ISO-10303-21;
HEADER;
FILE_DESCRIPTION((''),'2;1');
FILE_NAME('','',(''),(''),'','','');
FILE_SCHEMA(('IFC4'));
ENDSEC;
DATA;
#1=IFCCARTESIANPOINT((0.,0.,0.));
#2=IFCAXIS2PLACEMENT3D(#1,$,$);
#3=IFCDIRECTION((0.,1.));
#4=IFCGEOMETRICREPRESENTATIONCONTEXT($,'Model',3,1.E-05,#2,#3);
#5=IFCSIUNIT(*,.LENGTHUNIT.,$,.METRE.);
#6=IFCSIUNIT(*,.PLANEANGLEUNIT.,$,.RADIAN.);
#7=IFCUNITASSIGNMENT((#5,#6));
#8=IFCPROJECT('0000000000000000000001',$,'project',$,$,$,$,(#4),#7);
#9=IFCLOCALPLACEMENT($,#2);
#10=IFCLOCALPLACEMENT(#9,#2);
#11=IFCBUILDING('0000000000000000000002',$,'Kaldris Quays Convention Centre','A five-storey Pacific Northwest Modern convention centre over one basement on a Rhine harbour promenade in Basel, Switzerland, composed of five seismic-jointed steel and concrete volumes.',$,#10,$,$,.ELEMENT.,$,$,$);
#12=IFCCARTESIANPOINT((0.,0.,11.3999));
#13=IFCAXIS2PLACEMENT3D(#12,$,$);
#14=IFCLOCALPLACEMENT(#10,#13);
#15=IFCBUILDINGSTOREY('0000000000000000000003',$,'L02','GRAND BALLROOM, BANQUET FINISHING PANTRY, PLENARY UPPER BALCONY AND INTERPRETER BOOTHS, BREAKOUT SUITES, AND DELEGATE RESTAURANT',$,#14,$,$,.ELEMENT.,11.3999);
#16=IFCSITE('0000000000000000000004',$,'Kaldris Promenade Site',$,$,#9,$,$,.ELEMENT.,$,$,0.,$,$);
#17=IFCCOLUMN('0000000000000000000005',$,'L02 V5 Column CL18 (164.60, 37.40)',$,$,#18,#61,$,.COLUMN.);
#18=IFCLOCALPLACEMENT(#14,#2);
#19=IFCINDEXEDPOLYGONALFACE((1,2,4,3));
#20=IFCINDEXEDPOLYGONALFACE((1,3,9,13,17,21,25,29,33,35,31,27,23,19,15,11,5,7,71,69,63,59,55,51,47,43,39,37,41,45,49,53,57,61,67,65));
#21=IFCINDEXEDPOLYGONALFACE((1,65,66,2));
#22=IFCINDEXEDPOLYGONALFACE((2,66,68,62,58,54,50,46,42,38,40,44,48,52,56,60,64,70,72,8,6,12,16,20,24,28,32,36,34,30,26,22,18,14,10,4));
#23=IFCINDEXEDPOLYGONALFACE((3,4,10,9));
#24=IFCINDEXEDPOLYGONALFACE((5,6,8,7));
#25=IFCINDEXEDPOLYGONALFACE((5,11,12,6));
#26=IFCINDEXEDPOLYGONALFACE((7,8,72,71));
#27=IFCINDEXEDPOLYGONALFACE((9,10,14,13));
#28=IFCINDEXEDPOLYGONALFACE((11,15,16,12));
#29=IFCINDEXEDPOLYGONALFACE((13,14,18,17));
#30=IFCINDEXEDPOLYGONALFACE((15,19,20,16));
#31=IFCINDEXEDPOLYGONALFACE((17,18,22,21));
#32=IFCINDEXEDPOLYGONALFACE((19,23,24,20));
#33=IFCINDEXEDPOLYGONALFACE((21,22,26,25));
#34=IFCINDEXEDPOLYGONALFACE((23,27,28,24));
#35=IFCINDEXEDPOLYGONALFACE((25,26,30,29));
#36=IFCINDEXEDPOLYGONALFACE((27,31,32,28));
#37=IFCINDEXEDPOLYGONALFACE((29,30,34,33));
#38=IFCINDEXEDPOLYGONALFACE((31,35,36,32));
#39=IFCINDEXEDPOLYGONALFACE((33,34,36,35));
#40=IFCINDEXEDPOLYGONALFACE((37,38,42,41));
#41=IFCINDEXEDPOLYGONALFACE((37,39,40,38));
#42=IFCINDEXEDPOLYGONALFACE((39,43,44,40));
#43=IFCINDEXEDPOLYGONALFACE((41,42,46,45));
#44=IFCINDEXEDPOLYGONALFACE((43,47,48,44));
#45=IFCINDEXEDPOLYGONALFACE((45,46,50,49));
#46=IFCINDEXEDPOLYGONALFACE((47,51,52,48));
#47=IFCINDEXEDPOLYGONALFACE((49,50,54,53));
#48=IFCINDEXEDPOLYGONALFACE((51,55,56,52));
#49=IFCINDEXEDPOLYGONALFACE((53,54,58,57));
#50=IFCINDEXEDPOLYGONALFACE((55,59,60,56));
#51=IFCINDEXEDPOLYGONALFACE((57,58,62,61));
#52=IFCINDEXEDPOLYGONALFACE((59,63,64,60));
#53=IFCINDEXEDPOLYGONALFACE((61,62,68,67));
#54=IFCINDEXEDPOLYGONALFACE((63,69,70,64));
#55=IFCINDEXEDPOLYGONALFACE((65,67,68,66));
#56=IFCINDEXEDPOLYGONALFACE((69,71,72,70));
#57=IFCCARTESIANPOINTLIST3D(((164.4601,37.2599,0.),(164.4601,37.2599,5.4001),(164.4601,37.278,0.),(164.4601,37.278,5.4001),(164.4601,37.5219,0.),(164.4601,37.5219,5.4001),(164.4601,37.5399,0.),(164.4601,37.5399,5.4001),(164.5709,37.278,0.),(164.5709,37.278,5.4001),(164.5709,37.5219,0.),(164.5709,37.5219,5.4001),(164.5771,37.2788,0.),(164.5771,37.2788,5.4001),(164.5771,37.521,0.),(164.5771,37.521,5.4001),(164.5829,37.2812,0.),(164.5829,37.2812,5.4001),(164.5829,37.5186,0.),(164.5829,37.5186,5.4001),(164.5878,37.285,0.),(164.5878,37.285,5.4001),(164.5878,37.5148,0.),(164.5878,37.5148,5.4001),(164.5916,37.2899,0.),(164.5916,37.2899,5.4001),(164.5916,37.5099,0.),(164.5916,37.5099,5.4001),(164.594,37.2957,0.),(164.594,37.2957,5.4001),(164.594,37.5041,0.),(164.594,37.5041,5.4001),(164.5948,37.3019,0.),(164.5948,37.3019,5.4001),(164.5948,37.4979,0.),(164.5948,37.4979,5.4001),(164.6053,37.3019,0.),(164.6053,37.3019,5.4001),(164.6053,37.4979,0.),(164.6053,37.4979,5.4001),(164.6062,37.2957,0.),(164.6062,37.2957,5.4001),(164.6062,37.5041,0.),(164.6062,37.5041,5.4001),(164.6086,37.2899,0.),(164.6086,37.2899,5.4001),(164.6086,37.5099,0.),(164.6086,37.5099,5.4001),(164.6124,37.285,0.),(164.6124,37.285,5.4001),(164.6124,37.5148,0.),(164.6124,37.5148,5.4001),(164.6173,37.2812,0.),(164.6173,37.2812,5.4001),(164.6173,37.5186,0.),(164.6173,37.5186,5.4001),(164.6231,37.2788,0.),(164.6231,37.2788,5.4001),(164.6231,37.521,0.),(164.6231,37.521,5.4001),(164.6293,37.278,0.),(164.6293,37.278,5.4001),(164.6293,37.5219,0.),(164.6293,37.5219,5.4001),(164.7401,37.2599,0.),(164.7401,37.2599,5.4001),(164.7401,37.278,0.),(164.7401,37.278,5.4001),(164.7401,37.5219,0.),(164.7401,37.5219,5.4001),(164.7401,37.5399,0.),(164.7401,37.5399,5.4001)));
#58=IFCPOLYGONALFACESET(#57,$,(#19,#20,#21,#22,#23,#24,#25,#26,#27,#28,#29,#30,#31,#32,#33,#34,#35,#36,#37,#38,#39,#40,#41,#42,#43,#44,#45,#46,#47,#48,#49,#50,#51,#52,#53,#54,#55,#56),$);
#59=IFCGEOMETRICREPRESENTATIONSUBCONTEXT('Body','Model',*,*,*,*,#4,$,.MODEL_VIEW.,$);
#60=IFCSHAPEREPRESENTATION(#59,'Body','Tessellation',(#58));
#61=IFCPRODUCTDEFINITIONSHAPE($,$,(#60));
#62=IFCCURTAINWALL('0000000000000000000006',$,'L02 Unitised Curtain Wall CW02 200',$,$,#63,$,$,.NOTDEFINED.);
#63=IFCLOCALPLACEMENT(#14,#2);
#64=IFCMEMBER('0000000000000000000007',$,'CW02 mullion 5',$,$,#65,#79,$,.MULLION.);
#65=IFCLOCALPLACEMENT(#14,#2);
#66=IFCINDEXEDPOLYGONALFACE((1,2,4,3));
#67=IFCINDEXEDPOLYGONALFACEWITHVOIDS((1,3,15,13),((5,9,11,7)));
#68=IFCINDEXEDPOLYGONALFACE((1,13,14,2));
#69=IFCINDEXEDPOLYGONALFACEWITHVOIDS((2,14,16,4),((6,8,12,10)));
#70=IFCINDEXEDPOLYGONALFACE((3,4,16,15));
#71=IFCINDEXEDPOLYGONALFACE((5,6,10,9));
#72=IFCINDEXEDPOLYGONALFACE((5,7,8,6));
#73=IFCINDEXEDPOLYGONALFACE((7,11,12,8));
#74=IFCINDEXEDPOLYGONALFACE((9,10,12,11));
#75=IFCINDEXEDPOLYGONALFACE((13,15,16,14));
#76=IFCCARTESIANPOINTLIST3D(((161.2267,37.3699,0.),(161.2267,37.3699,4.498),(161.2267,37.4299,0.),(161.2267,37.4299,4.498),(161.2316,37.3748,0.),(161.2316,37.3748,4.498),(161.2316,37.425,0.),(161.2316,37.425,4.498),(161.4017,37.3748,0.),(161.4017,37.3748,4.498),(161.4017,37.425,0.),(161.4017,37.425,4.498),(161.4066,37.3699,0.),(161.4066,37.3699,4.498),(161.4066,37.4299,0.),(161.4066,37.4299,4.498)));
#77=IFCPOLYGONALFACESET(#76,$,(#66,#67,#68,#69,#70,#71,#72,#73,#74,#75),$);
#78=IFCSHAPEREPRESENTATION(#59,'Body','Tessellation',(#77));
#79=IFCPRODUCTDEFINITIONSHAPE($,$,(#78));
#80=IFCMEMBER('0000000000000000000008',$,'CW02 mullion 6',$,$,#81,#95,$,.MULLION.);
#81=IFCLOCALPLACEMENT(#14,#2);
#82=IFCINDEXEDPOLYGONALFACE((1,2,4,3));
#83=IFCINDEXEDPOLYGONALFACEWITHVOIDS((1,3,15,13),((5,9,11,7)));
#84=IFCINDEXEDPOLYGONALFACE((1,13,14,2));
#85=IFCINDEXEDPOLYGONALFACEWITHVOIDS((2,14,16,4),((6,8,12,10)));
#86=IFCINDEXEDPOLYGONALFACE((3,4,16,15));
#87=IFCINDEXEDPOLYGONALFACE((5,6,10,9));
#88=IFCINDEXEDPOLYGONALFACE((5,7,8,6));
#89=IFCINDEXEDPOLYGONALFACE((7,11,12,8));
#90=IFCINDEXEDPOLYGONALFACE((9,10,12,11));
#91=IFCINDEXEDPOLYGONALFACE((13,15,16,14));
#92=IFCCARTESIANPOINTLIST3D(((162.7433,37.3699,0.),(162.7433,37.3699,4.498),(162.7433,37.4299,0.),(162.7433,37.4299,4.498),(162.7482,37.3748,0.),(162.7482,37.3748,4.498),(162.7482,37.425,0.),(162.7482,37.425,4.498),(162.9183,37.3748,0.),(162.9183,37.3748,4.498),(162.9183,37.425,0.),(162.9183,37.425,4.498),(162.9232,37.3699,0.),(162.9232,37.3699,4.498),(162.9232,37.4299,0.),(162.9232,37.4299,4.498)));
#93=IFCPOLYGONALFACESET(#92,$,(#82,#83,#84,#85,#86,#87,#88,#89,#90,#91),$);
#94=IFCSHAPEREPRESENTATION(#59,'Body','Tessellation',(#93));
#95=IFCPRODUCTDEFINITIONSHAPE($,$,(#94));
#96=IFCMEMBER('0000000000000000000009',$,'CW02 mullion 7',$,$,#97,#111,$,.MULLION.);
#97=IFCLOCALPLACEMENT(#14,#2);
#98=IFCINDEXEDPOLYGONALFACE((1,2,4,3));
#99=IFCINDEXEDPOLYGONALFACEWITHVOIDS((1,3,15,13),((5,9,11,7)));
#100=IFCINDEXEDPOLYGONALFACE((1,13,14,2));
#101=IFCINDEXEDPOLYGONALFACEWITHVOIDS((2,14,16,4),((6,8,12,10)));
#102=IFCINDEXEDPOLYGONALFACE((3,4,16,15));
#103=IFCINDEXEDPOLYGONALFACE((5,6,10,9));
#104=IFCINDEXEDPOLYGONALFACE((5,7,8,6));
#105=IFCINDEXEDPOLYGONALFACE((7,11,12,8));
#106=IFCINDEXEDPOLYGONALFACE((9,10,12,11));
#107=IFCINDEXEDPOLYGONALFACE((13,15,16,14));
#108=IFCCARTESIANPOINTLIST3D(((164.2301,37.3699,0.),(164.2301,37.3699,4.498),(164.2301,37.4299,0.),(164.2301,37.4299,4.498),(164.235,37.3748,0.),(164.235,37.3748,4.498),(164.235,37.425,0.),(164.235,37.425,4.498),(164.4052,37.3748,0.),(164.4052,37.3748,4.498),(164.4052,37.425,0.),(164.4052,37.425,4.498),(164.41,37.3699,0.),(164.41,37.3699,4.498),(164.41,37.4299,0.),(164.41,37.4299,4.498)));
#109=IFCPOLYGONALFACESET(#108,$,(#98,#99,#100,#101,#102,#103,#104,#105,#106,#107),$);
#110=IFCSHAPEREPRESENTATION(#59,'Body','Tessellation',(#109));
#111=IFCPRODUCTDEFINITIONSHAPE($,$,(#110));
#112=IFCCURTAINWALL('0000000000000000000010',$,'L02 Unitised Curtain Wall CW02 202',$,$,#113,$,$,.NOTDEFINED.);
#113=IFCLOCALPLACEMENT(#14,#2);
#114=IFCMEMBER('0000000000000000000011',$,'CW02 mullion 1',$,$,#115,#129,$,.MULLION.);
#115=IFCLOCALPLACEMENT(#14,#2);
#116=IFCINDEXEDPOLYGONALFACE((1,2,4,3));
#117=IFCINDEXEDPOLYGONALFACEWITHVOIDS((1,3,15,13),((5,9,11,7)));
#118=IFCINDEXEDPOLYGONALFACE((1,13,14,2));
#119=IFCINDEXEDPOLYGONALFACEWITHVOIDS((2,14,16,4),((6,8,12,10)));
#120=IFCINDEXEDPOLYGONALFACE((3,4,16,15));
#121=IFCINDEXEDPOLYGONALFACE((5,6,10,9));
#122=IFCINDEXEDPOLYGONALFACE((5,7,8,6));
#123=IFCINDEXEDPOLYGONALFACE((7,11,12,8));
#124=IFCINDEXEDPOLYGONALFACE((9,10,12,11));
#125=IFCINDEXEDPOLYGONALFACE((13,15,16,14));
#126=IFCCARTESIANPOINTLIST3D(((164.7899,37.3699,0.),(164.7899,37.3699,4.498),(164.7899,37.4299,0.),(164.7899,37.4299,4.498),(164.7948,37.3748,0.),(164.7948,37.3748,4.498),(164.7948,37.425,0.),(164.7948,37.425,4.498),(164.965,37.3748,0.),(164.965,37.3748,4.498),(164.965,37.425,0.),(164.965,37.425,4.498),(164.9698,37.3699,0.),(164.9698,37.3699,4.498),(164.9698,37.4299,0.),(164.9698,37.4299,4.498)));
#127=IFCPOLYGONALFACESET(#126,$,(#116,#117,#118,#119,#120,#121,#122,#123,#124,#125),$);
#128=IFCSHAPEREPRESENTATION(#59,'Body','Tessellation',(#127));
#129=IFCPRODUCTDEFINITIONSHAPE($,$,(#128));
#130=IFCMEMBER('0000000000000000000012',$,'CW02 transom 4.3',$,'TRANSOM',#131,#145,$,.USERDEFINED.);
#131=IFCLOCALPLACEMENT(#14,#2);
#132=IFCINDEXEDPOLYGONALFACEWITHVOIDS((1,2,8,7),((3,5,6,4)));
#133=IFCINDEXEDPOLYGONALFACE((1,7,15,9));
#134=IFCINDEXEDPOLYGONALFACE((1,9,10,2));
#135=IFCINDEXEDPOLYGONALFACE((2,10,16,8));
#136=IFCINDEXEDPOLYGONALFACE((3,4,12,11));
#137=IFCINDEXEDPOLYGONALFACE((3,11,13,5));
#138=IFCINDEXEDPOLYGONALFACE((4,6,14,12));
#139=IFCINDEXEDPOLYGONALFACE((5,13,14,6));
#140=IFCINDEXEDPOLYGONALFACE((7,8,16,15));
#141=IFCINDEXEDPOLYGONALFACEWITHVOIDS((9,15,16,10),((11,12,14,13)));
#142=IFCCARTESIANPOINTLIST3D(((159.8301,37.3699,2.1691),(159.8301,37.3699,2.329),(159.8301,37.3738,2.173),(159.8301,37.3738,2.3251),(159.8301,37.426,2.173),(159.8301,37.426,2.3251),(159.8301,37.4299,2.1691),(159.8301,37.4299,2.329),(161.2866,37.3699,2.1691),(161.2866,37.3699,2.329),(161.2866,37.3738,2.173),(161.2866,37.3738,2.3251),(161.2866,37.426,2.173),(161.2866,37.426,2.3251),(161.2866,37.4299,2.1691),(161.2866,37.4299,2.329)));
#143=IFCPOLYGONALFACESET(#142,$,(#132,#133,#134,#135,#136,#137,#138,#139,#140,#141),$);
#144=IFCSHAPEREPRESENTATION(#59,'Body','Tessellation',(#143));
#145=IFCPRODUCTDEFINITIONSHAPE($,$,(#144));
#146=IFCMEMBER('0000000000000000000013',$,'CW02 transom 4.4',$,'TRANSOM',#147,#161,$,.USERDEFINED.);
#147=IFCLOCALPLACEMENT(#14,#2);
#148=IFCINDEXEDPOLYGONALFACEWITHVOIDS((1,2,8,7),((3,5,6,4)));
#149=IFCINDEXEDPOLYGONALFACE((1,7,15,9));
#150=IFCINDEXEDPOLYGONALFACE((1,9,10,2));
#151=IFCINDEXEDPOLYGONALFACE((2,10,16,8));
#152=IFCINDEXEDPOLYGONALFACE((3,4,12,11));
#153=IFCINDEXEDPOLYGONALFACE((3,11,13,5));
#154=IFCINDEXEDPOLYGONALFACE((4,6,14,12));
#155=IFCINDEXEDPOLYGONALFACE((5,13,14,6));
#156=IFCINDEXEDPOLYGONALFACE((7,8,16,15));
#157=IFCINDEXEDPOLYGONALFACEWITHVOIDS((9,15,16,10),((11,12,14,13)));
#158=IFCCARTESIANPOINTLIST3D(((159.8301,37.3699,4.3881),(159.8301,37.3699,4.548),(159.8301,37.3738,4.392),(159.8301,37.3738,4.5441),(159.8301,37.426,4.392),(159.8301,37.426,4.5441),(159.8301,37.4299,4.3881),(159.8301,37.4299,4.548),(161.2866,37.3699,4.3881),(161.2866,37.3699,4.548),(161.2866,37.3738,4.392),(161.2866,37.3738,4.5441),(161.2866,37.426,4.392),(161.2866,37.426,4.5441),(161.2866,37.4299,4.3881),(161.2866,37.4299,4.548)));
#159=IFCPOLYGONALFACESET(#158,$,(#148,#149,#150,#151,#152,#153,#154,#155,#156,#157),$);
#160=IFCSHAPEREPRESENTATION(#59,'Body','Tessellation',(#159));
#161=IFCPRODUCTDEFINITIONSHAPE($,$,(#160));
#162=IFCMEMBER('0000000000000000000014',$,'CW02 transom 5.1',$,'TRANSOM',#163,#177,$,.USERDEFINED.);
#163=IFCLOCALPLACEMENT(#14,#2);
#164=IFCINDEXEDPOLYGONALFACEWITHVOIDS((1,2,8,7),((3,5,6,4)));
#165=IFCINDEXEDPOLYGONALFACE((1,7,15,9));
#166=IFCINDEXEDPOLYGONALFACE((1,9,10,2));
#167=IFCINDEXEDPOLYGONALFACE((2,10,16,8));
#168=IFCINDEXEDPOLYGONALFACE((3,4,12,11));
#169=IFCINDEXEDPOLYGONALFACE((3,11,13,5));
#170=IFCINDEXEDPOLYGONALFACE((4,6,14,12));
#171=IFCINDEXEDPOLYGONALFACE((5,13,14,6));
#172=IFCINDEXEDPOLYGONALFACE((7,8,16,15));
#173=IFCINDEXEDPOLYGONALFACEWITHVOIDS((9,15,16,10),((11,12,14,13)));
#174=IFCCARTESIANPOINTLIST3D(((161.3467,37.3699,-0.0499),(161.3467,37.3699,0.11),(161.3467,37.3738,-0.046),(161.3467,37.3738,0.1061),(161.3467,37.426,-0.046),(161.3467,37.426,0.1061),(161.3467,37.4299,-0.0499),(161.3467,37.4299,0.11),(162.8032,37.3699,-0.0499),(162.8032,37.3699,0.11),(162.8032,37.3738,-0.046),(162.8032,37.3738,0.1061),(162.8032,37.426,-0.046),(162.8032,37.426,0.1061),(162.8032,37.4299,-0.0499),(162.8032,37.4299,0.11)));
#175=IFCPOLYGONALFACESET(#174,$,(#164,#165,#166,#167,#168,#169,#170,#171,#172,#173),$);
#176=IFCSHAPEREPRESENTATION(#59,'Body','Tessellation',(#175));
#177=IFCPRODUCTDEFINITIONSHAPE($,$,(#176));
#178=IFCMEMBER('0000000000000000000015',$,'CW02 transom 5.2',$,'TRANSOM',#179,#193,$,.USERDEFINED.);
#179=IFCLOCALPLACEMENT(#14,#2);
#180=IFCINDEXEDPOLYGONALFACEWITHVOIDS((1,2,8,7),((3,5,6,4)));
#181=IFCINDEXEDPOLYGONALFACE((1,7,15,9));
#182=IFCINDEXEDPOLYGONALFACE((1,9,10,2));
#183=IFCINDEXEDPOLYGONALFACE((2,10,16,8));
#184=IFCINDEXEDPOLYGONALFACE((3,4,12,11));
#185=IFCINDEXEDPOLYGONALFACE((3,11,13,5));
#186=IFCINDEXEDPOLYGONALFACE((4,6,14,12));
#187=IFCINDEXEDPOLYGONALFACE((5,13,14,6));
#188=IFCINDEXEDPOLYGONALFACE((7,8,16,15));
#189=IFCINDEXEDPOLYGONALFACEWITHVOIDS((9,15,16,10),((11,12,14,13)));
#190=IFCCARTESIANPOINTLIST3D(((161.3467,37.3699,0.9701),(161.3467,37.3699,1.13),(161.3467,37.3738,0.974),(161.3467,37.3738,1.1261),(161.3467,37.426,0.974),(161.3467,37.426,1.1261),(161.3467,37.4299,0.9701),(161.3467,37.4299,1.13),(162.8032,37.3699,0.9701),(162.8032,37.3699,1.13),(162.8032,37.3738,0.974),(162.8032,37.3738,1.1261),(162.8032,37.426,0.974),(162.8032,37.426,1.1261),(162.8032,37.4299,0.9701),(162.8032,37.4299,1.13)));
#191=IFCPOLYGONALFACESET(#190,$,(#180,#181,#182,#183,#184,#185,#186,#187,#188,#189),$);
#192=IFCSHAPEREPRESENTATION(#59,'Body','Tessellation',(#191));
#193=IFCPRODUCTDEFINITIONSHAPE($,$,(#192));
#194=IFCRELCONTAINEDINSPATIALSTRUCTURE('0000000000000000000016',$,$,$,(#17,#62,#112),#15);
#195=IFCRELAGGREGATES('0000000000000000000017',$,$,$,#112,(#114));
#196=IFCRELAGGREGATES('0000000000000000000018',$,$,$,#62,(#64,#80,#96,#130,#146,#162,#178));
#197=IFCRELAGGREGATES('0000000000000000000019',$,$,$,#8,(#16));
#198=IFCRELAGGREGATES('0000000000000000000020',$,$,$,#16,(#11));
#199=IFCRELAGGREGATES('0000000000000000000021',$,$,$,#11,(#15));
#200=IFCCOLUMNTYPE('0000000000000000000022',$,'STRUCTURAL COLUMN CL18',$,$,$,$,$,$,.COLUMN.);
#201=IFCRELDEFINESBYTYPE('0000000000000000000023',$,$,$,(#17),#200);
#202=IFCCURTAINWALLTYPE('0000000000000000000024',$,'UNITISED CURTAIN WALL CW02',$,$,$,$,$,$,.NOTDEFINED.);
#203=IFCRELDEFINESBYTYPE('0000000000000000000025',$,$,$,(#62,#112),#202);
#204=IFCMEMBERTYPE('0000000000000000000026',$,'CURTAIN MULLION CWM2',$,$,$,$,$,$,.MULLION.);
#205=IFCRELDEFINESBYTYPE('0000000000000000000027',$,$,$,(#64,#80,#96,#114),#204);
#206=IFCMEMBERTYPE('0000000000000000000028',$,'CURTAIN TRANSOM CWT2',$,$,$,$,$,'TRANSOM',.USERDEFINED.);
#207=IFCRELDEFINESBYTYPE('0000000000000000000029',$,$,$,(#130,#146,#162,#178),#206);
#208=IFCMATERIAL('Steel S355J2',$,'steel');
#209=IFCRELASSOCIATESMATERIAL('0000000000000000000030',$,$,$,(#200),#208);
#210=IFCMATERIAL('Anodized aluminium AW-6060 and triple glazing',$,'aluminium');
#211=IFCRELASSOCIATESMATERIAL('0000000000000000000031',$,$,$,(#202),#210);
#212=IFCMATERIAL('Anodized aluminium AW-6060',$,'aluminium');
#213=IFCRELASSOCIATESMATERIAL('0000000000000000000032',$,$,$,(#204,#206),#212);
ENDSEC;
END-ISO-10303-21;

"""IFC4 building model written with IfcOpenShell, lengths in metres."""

from ifc_helpers import new_model, si_unit, direction, frame, origin, origin_2d, place, context, subcontext, project, spatial, hollow_rectangle, i_section, extrude, material, material_profile, profile_set, type_object, element, aggregate, save


model = new_model("IFC4")

# Units and contexts
model_context = context("Model", 3, precision=1e-05, world=origin(), true_north=direction((0.0, 1.0)))
body_context = subcontext(model_context, "Body", "Model", "MODEL_VIEW")
ifc_project = project(units=[si_unit("LENGTHUNIT", "METRE"), si_unit("PLANEANGLEUNIT", "RADIAN")], contexts=[model_context])

# Site, building, storey
site_placement = place(None, origin())
site = spatial("IfcSite", under=ifc_project, at=site_placement, Name="Kaldris Promenade Site", CompositionType="ELEMENT", RefElevation=0.0)
building_placement = place(site_placement, origin())
building = spatial("IfcBuilding", under=site, at=building_placement, Name="Kaldris Quays Convention Centre", Description="A five-storey Pacific Northwest Modern convention centre over one basement on a Rhine harbour promenade in Basel, Switzerland, composed of five seismic-jointed steel and concrete volumes.", CompositionType="ELEMENT")
storey_placement = place(building_placement, frame((0.0, 0.0, 11.3999)))
storey = spatial("IfcBuildingStorey", under=building, at=storey_placement, Name="L02", Description="GRAND BALLROOM, BANQUET FINISHING PANTRY, PLENARY UPPER BALCONY AND INTERPRETER BOOTHS, BREAKOUT SUITES, AND DELEGATE RESTAURANT", CompositionType="ELEMENT", Elevation=11.3999)

# Column
ifc_material_1 = material(Name="Steel S355J2", Category="steel")
ifc_material_profile_1 = material_profile(ifc_material_1, i_section(OverallWidth=0.28, OverallDepth=0.28, WebThickness=0.0105, FlangeThickness=0.0181, FilletRadius=0.0239, at=origin_2d()), Name="HEB 280")
ifc_profile_set_1 = profile_set([ifc_material_profile_1], Name="Steel S355J2")
column_type = type_object("IfcColumnType", Name="STRUCTURAL COLUMN CL18", PredefinedType="COLUMN", material=ifc_profile_set_1)
column_placement = place(storey_placement, frame((164.6001, 37.3999, 0.0), z_axis=(0.0, 0.0, 1.0), x_axis=(1.0, 0.0, 0.0)))
element("IfcColumn", 1, at=column_placement, inside=storey, type_object=column_type, Name="L02 V5 Column CL18 (164.60, 37.40)", PredefinedType="COLUMN", context=body_context, shape_type="SweptSolid", body=[
    extrude(i_section(OverallWidth=0.28, OverallDepth=0.28, WebThickness=0.0105, FlangeThickness=0.0181, FilletRadius=0.0239, at=origin_2d()), origin(), (0.0, 0.0, 1.0), 5.4001),
])

# Curtain wall, members
ifc_material_2 = material(Name="Anodized aluminium AW-6060 and triple glazing", Category="aluminium")
curtain_wall_type = type_object("IfcCurtainWallType", Name="UNITISED CURTAIN WALL CW02", PredefinedType="NOTDEFINED", material=ifc_material_2)
curtain_wall_1_placement = place(storey_placement, origin())
curtain_wall_1 = element("IfcCurtainWall", 2, at=curtain_wall_1_placement, inside=storey, type_object=curtain_wall_type, Name="L02 Unitised Curtain Wall CW02 200", PredefinedType="NOTDEFINED")
ifc_material_3 = material(Name="Anodized aluminium AW-6060", Category="aluminium")
ifc_material_profile_2 = material_profile(ifc_material_3, hollow_rectangle(XDim=0.0601, YDim=0.1799, WallThickness=0.0049, at=origin_2d()), Name="RHS 180x60x5")
ifc_profile_set_2 = profile_set([ifc_material_profile_2], Name="Anodized aluminium AW-6060")
member_type_1 = type_object("IfcMemberType", Name="CURTAIN MULLION CWM2", PredefinedType="MULLION", material=ifc_profile_set_2)
member_1_placement = place(storey_placement, frame((161.3167, 37.3999, 0.0), z_axis=(0.0, 0.0, 1.0), x_axis=(0.0, 1.0, 0.0)))
member_1 = element("IfcMember", 3, at=member_1_placement, type_object=member_type_1, Name="CW02 mullion 5", PredefinedType="MULLION", context=body_context, shape_type="SweptSolid", body=[
    extrude(hollow_rectangle(XDim=0.0601, YDim=0.1799, WallThickness=0.0049, at=origin_2d()), origin(), (0.0, 0.0, 1.0), 4.498),
])
member_2_placement = place(storey_placement, frame((162.8333, 37.3999, 0.0), z_axis=(0.0, 0.0, 1.0), x_axis=(0.0, 1.0, 0.0)))
member_2 = element("IfcMember", 4, at=member_2_placement, type_object=member_type_1, Name="CW02 mullion 6", PredefinedType="MULLION", context=body_context, shape_type="SweptSolid", body=[
    extrude(hollow_rectangle(XDim=0.0601, YDim=0.1799, WallThickness=0.0049, at=origin_2d()), origin(), (0.0, 0.0, 1.0), 4.498),
])
member_3_placement = place(storey_placement, frame((164.3201, 37.3999, 0.0), z_axis=(0.0, 0.0, 1.0), x_axis=(0.0, 1.0, 0.0)))
member_3 = element("IfcMember", 5, at=member_3_placement, type_object=member_type_1, Name="CW02 mullion 7", PredefinedType="MULLION", context=body_context, shape_type="SweptSolid", body=[
    extrude(hollow_rectangle(XDim=0.0601, YDim=0.1799, WallThickness=0.0049, at=origin_2d()), origin(), (0.0, 0.0, 1.0), 4.498),
])

# Curtain wall, member
curtain_wall_2_placement = place(storey_placement, origin())
curtain_wall_2 = element("IfcCurtainWall", 6, at=curtain_wall_2_placement, inside=storey, type_object=curtain_wall_type, Name="L02 Unitised Curtain Wall CW02 202", PredefinedType="NOTDEFINED")
member_4_placement = place(storey_placement, frame((164.8799, 37.3999, 0.0), z_axis=(0.0, 0.0, 1.0), x_axis=(0.0, 1.0, 0.0)))
member_4 = element("IfcMember", 7, at=member_4_placement, type_object=member_type_1, Name="CW02 mullion 1", PredefinedType="MULLION", context=body_context, shape_type="SweptSolid", body=[
    extrude(hollow_rectangle(XDim=0.0601, YDim=0.1799, WallThickness=0.0049, at=origin_2d()), origin(), (0.0, 0.0, 1.0), 4.498),
])

# Members
ifc_material_profile_3 = material_profile(ifc_material_3, hollow_rectangle(XDim=0.0601, YDim=0.1599, WallThickness=0.0039, at=origin_2d()), Name="RHS 160x60x4")
ifc_profile_set_3 = profile_set([ifc_material_profile_3], Name="Anodized aluminium AW-6060")
member_type_2 = type_object("IfcMemberType", Name="CURTAIN TRANSOM CWT2", ElementType="TRANSOM", PredefinedType="USERDEFINED", material=ifc_profile_set_3)
member_5_placement = place(storey_placement, frame((159.8301, 37.3999, 2.249), z_axis=(1.0, 0.0, 0.0), x_axis=(0.0, 1.0, 0.0)))
member_5 = element("IfcMember", 8, at=member_5_placement, type_object=member_type_2, Name="CW02 transom 4.3", ObjectType="TRANSOM", PredefinedType="USERDEFINED", context=body_context, shape_type="SweptSolid", body=[
    extrude(hollow_rectangle(XDim=0.0601, YDim=0.1599, WallThickness=0.0039, at=origin_2d()), origin(), (0.0, 0.0, 1.0), 1.4565),
])
member_6_placement = place(storey_placement, frame((159.8301, 37.3999, 4.468), z_axis=(1.0, 0.0, 0.0), x_axis=(0.0, 1.0, 0.0)))
member_6 = element("IfcMember", 9, at=member_6_placement, type_object=member_type_2, Name="CW02 transom 4.4", ObjectType="TRANSOM", PredefinedType="USERDEFINED", context=body_context, shape_type="SweptSolid", body=[
    extrude(hollow_rectangle(XDim=0.0601, YDim=0.1599, WallThickness=0.0039, at=origin_2d()), origin(), (0.0, 0.0, 1.0), 1.4565),
])
member_7_placement = place(storey_placement, frame((161.3467, 37.3999, 0.03), z_axis=(1.0, 0.0, 0.0), x_axis=(0.0, 1.0, 0.0)))
member_7 = element("IfcMember", 10, at=member_7_placement, type_object=member_type_2, Name="CW02 transom 5.1", ObjectType="TRANSOM", PredefinedType="USERDEFINED", context=body_context, shape_type="SweptSolid", body=[
    extrude(hollow_rectangle(XDim=0.0601, YDim=0.1599, WallThickness=0.0039, at=origin_2d()), origin(), (0.0, 0.0, 1.0), 1.4565),
])
member_8_placement = place(storey_placement, frame((161.3467, 37.3999, 1.05), z_axis=(1.0, 0.0, 0.0), x_axis=(0.0, 1.0, 0.0)))
member_8 = element("IfcMember", 11, at=member_8_placement, type_object=member_type_2, Name="CW02 transom 5.2", ObjectType="TRANSOM", PredefinedType="USERDEFINED", context=body_context, shape_type="SweptSolid", body=[
    extrude(hollow_rectangle(XDim=0.0601, YDim=0.1599, WallThickness=0.0039, at=origin_2d()), origin(), (0.0, 0.0, 1.0), 1.4565),
])
aggregate(curtain_wall_2, [member_4])

aggregate(curtain_wall_1, [member_1, member_2, member_3, member_5, member_6, member_7, member_8])

save(model, "model.ifc")
